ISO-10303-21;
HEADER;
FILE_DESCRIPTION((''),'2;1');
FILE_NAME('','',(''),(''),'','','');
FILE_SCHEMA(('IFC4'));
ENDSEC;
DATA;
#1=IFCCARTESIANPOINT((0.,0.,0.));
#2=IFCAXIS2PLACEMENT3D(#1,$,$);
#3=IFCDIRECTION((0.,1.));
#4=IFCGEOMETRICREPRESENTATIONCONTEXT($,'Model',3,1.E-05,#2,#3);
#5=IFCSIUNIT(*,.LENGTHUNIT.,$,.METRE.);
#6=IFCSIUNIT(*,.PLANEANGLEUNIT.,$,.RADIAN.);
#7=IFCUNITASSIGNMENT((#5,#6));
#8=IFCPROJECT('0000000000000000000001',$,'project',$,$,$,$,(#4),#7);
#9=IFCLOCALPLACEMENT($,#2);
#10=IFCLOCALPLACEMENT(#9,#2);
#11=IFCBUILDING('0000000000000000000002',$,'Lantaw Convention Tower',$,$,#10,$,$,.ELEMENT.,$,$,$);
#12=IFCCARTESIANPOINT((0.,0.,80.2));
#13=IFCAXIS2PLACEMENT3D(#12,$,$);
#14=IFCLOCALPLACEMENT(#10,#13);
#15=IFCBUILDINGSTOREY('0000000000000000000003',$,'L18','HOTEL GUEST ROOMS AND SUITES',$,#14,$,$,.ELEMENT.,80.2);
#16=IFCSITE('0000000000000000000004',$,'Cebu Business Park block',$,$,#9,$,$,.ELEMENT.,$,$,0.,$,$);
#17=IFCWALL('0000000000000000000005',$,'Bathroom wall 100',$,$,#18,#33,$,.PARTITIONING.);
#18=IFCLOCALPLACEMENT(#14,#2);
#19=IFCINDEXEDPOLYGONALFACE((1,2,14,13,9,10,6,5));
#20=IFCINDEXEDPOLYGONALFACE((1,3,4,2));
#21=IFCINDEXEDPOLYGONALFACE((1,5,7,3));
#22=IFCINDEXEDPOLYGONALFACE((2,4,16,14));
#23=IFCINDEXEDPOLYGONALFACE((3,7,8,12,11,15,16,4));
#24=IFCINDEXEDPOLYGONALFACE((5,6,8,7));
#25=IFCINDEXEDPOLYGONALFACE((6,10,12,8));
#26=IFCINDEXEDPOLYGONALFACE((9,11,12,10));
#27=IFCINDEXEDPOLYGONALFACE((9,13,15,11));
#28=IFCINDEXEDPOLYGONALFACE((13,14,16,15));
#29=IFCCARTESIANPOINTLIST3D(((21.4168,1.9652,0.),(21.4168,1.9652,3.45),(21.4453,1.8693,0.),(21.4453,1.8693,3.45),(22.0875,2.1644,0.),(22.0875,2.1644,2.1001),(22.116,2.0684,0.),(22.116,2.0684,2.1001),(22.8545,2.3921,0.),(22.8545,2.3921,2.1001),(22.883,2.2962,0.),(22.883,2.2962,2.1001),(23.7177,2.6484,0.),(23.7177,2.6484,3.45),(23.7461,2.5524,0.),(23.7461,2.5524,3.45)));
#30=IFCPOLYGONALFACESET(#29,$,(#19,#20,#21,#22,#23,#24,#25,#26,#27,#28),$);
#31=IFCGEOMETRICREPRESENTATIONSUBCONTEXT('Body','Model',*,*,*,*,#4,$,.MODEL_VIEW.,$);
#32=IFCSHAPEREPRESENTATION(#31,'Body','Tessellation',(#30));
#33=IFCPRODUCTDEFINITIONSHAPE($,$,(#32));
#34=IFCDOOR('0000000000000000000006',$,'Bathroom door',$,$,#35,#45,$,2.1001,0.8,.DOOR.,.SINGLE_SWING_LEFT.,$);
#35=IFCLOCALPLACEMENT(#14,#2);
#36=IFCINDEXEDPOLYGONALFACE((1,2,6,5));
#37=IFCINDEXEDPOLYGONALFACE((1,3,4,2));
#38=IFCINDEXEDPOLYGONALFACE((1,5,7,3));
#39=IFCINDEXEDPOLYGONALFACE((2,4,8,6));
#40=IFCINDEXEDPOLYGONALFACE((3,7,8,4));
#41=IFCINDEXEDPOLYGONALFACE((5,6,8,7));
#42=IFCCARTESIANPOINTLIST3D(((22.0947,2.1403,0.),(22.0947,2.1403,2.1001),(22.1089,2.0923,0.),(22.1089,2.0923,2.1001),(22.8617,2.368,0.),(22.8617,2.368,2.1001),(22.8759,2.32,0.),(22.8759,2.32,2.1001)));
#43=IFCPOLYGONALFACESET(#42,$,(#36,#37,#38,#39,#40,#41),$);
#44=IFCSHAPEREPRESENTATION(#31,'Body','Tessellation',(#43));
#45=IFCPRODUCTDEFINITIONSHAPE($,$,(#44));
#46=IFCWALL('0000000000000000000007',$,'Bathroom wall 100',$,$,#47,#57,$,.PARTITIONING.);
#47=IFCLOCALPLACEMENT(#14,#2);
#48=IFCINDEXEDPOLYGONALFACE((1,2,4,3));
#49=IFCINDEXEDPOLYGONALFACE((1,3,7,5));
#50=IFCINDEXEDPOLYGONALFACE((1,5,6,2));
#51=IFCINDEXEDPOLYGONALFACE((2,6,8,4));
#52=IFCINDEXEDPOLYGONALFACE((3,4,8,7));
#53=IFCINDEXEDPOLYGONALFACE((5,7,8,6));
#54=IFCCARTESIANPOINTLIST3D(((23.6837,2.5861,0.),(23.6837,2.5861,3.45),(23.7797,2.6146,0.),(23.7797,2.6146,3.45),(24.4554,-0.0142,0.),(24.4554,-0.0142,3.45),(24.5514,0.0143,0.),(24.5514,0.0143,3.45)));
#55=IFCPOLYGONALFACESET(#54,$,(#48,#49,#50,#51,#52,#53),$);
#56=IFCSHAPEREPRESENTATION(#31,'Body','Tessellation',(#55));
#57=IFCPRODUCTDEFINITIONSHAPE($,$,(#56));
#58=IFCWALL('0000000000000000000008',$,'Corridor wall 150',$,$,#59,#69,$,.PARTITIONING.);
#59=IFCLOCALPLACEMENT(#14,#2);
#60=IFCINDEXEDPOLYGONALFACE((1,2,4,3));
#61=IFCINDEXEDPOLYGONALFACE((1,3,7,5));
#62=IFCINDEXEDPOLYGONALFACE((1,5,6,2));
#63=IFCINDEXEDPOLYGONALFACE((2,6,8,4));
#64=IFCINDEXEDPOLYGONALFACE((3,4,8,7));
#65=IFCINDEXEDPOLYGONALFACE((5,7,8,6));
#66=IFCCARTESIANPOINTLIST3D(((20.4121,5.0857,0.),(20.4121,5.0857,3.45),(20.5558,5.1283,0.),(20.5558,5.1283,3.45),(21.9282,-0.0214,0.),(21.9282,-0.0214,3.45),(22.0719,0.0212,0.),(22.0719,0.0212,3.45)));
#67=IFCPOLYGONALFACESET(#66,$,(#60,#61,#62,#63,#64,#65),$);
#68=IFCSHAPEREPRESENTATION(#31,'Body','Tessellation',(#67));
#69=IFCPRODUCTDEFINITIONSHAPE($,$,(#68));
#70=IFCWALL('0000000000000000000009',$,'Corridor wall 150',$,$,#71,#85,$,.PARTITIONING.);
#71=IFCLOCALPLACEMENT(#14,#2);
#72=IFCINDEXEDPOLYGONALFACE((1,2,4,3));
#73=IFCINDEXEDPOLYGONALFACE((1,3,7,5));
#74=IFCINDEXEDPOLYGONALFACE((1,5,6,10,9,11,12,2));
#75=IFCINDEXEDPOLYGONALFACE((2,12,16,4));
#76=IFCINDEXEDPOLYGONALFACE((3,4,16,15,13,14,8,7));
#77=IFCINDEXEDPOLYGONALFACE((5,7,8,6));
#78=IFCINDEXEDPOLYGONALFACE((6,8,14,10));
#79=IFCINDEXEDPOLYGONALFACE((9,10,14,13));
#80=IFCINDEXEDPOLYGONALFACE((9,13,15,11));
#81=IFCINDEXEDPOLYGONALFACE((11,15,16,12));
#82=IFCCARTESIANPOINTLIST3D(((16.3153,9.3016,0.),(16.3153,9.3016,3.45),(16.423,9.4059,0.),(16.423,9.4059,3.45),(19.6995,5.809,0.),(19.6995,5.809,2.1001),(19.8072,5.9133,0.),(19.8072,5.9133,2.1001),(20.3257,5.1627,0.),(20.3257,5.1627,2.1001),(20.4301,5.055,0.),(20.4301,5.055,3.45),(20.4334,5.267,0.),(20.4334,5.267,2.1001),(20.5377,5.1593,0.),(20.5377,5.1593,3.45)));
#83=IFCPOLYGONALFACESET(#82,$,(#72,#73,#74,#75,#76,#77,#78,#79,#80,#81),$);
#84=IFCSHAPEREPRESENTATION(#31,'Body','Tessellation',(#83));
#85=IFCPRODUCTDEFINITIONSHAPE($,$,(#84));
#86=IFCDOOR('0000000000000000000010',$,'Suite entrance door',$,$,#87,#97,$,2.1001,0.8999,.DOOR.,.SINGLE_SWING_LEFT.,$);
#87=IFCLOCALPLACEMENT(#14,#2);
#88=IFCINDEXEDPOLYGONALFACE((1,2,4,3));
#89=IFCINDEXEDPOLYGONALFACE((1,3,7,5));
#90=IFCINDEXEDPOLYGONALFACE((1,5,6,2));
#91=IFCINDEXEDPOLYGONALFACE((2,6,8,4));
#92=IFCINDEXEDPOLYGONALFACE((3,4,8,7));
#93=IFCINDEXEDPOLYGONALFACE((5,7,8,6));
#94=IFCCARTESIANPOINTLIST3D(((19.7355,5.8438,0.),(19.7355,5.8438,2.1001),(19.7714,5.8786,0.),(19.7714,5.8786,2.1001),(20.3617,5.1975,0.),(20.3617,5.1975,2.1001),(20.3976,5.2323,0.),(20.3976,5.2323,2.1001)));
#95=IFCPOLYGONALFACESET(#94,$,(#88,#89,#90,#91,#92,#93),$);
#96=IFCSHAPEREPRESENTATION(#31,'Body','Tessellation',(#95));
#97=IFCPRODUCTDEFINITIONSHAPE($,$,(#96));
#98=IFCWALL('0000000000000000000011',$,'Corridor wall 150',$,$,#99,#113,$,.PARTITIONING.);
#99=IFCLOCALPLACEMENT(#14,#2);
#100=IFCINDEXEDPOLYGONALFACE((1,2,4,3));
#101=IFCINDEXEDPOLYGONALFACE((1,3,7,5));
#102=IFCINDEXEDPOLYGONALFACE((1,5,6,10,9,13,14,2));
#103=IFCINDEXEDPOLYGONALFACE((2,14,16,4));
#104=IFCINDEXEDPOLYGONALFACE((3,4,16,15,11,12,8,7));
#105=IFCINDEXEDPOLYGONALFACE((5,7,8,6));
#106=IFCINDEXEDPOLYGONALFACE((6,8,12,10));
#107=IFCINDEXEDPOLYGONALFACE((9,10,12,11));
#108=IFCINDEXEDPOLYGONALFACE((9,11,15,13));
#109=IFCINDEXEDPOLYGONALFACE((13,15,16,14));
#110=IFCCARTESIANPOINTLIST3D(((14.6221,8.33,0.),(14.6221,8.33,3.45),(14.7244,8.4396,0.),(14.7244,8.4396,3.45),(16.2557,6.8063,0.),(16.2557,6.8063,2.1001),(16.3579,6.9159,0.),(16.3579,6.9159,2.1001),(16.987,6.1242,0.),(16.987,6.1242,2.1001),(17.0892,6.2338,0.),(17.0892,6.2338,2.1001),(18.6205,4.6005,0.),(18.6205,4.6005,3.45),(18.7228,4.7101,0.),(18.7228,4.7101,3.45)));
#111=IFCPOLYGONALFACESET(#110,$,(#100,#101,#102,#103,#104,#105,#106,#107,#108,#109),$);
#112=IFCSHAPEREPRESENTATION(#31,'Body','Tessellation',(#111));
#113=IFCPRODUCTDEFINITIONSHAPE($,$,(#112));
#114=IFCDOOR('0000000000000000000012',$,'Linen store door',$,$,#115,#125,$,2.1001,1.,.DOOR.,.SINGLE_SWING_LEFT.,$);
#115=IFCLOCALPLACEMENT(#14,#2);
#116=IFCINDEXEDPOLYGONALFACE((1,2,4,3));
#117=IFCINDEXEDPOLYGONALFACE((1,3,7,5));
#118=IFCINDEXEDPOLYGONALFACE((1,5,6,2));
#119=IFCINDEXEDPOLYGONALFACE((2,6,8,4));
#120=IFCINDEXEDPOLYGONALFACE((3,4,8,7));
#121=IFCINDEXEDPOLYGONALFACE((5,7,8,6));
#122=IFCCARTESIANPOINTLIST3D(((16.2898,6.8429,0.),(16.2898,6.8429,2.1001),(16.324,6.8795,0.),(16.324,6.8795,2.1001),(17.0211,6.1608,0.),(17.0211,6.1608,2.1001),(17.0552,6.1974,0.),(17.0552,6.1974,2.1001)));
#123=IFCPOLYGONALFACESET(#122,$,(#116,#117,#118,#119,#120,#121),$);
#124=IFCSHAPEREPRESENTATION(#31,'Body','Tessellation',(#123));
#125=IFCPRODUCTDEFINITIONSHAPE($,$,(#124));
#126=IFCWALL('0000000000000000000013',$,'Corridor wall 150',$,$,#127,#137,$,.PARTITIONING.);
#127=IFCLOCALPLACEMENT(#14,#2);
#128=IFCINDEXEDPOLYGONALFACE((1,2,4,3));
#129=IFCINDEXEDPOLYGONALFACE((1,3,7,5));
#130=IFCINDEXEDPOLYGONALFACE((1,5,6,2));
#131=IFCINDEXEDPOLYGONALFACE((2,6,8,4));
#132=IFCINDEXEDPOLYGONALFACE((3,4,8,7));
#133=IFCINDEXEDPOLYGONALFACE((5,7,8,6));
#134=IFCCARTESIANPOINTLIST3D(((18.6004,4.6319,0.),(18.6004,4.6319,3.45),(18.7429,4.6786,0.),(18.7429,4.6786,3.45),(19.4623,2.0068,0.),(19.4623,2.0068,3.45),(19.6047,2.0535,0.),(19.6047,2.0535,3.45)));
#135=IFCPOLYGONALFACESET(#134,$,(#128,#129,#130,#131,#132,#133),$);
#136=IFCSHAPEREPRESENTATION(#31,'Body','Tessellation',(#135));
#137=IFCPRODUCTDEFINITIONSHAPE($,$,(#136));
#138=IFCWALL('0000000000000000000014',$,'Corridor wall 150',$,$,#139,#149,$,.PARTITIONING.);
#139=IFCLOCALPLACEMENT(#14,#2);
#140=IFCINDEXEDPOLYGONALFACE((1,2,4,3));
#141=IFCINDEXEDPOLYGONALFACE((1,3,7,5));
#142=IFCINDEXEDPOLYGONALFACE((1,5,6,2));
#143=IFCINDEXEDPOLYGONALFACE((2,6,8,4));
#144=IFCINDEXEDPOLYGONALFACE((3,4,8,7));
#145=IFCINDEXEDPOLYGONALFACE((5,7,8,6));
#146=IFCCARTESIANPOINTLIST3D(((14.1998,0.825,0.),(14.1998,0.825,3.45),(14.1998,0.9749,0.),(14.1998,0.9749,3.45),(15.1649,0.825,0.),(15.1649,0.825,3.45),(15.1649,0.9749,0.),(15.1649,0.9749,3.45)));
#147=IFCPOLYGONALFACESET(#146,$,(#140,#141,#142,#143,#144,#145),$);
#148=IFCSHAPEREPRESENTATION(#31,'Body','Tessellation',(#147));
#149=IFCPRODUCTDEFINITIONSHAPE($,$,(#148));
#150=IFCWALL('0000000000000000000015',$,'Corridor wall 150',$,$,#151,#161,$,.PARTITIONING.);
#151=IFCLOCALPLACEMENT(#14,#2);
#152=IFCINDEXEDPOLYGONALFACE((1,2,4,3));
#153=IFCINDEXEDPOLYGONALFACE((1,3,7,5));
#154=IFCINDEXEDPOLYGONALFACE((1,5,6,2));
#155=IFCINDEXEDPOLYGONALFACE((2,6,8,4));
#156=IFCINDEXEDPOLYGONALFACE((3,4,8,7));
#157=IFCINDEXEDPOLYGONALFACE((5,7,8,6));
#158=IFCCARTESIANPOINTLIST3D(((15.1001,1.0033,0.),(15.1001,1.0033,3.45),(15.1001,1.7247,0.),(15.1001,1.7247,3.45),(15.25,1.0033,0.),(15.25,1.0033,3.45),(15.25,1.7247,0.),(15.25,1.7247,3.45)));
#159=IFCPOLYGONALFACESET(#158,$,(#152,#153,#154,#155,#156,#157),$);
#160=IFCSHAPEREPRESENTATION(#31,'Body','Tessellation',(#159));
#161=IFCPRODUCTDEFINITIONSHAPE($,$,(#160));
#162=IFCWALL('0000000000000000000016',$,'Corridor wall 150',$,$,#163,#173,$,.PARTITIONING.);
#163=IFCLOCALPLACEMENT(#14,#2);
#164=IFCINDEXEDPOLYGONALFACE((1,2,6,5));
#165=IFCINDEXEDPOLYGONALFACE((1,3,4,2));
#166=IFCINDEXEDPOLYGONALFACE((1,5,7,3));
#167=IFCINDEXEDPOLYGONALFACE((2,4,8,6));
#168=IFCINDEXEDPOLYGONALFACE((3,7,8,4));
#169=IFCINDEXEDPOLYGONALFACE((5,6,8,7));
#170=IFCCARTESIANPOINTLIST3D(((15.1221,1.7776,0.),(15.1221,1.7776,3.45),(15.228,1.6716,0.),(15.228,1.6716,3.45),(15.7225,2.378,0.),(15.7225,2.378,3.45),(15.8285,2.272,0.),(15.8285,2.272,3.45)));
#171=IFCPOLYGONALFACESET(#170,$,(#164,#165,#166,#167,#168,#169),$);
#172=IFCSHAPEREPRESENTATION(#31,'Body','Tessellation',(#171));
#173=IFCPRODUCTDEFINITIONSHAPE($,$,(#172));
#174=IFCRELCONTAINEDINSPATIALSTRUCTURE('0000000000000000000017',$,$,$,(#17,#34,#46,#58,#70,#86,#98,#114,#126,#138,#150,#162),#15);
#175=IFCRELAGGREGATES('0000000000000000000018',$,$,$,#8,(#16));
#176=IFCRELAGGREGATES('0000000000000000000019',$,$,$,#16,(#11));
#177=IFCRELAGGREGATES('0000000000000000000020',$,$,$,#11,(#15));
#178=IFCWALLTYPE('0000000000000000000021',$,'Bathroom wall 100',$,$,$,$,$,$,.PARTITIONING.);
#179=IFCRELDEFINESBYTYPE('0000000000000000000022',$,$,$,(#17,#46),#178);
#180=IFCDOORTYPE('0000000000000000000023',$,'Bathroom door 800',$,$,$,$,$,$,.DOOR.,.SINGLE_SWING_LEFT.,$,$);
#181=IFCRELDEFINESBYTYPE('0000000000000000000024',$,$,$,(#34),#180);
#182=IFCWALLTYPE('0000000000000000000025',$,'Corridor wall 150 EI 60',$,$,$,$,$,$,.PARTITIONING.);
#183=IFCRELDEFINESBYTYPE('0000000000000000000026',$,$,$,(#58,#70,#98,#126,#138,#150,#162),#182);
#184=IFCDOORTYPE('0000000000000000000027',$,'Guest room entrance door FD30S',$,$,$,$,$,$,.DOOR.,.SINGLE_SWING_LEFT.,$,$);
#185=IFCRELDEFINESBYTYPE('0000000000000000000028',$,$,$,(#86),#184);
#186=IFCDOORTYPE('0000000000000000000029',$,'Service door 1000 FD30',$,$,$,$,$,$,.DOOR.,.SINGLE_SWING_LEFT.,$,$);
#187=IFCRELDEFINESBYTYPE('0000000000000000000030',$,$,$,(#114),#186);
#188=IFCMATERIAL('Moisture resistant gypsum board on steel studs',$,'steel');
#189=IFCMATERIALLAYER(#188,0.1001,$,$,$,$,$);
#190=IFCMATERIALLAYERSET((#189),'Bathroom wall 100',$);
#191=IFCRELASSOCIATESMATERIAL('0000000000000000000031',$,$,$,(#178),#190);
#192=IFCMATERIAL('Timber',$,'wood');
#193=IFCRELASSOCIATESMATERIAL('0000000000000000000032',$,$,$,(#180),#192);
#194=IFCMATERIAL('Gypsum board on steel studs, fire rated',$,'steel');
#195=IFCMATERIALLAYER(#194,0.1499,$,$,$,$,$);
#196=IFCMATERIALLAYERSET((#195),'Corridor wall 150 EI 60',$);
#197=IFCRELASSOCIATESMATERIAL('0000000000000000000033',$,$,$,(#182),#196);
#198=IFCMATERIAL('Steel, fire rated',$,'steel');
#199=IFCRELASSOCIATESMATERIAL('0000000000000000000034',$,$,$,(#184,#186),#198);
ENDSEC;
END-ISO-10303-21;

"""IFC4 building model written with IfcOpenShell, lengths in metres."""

from ifc_helpers import new_model, si_unit, direction, frame, frame_2d, origin, place, context, subcontext, project, spatial, rectangle, extrude, material, layer, layer_set, type_object, element, fill, save


model = new_model("IFC4")

# Units and contexts
model_context = context("Model", 3, precision=1e-05, world=origin(), true_north=direction((0.0, 1.0)))
body_context = subcontext(model_context, "Body", "Model", "MODEL_VIEW")
ifc_project = project(units=[si_unit("LENGTHUNIT", "METRE"), si_unit("PLANEANGLEUNIT", "RADIAN")], contexts=[model_context])

# Site, building, storey
site_placement = place(None, origin())
site = spatial("IfcSite", under=ifc_project, at=site_placement, Name="Cebu Business Park block", CompositionType="ELEMENT", RefElevation=0.0)
building_placement = place(site_placement, origin())
building = spatial("IfcBuilding", under=site, at=building_placement, Name="Lantaw Convention Tower", CompositionType="ELEMENT")
storey_placement = place(building_placement, frame((0.0, 0.0, 80.2)))
storey = spatial("IfcBuildingStorey", under=building, at=storey_placement, Name="L18", Description="HOTEL GUEST ROOMS AND SUITES", CompositionType="ELEMENT", Elevation=80.2)

# Wall, opening, door
ifc_material_1 = material(Name="Moisture resistant gypsum board on steel studs", Category="steel")
ifc_layer_1 = layer(ifc_material_1, 0.1001)
ifc_layer_set_1 = layer_set([ifc_layer_1], Name="Bathroom wall 100")
wall_type_1 = type_object("IfcWallType", Name="Bathroom wall 100", PredefinedType="PARTITIONING", material=ifc_layer_set_1)
wall_1_placement = place(storey_placement, frame((21.4309, 1.9172, 0.0), z_axis=(0.0, 0.0, 1.0), x_axis=(0.95864, 0.284622, 0.0)))
wall_1 = element("IfcWall", 1, at=wall_1_placement, inside=storey, type_object=wall_type_1, Name="Bathroom wall 100", PredefinedType="PARTITIONING", context=body_context, shape_type="SweptSolid", body=[
    extrude(rectangle(XDim=2.4001, YDim=0.1001, at=frame_2d((1.2002, 0.0))), origin(), (0.0, 0.0, 1.0), 3.45),
])
opening_1_placement = place(wall_1_placement, frame((0.7, 0.0, 0.0)))
opening_1 = element("IfcOpeningElement", 2, at=opening_1_placement, cuts=wall_1, PredefinedType="OPENING", context=body_context, shape_type="SweptSolid", body=[
    extrude(rectangle(XDim=0.8, YDim=2.1001, at=frame_2d((0.3999, 1.05))), frame((0.0, 0.0601, 0.0), z_axis=(0.0, -1.0, 0.0), x_axis=(1.0, 0.0, 0.0)), (0.0, 0.0, 1.0), 0.1201),
])
ifc_material_2 = material(Name="Timber", Category="wood")
door_type_1 = type_object("IfcDoorType", Name="Bathroom door 800", OperationType="SINGLE_SWING_LEFT", PredefinedType="DOOR", material=ifc_material_2)
door_1_placement = place(opening_1_placement, origin())
door_1 = element("IfcDoor", 3, at=door_1_placement, inside=storey, type_object=door_type_1, Name="Bathroom door", OperationType="SINGLE_SWING_LEFT", OverallHeight=2.1001, OverallWidth=0.8, PredefinedType="DOOR", context=body_context, shape_type="SweptSolid", body=[
    extrude(rectangle(XDim=0.8, YDim=2.1001, at=frame_2d((0.3999, 1.05))), frame((0.0, 0.0249, 0.0), z_axis=(0.0, -1.0, 0.0), x_axis=(1.0, 0.0, 0.0)), (0.0, 0.0, 1.0), 0.05),
])
fill(opening_1, door_1)

# Walls
wall_2_placement = place(storey_placement, frame((23.7317, 2.6003, 0.0), z_axis=(0.0, 0.0, 1.0), x_axis=(0.284514, -0.958672, 0.0)))
element("IfcWall", 4, at=wall_2_placement, inside=storey, type_object=wall_type_1, Name="Bathroom wall 100", PredefinedType="PARTITIONING", context=body_context, shape_type="SweptSolid", body=[
    extrude(rectangle(XDim=2.7124, YDim=0.1001, at=frame_2d((1.3562, 0.0))), origin(), (0.0, 0.0, 1.0), 3.45),
])
ifc_material_3 = material(Name="Gypsum board on steel studs, fire rated", Category="steel")
ifc_layer_2 = layer(ifc_material_3, 0.1499)
ifc_layer_set_2 = layer_set([ifc_layer_2], Name="Corridor wall 150 EI 60")
wall_type_2 = type_object("IfcWallType", Name="Corridor wall 150 EI 60", PredefinedType="PARTITIONING", material=ifc_layer_set_2)
wall_3_placement = place(storey_placement, frame((22.0, 0.0, 0.0), z_axis=(0.0, 0.0, 1.0), x_axis=(-0.284584, 0.958651, 0.0)))
element("IfcWall", 5, at=wall_3_placement, inside=storey, type_object=wall_type_2, Name="Corridor wall 150", PredefinedType="PARTITIONING", context=body_context, shape_type="SweptSolid", body=[
    extrude(rectangle(XDim=5.3274, YDim=0.1499, at=frame_2d((2.6636, 0.0))), origin(), (0.0, 0.0, 1.0), 3.45),
])

# Walls, openings, doors
wall_4_placement = place(storey_placement, frame((20.4839, 5.1072, 0.0), z_axis=(0.0, 0.0, 1.0), x_axis=(-0.695871, 0.718167, 0.0)))
wall_4 = element("IfcWall", 6, at=wall_4_placement, inside=storey, type_object=wall_type_2, Name="Corridor wall 150", PredefinedType="PARTITIONING", context=body_context, shape_type="SweptSolid", body=[
    extrude(rectangle(XDim=5.9131, YDim=0.1499, at=frame_2d((2.9565, 0.0))), origin(), (0.0, 0.0, 1.0), 3.45),
])
opening_2_placement = place(wall_4_placement, frame((0.1499, 0.0, 0.0)))
opening_2 = element("IfcOpeningElement", 7, at=opening_2_placement, cuts=wall_4, PredefinedType="OPENING", context=body_context, shape_type="SweptSolid", body=[
    extrude(rectangle(XDim=0.8999, YDim=2.1001, at=frame_2d((0.45, 1.05))), frame((0.0, 0.085, 0.0), z_axis=(0.0, -1.0, 0.0), x_axis=(1.0, 0.0, 0.0)), (0.0, 0.0, 1.0), 0.1699),
])
ifc_material_4 = material(Name="Steel, fire rated", Category="steel")
door_type_2 = type_object("IfcDoorType", Name="Guest room entrance door FD30S", OperationType="SINGLE_SWING_LEFT", PredefinedType="DOOR", material=ifc_material_4)
door_2_placement = place(opening_2_placement, origin())
door_2 = element("IfcDoor", 8, at=door_2_placement, inside=storey, type_object=door_type_2, Name="Suite entrance door", OperationType="SINGLE_SWING_LEFT", OverallHeight=2.1001, OverallWidth=0.8999, PredefinedType="DOOR", context=body_context, shape_type="SweptSolid", body=[
    extrude(rectangle(XDim=0.8999, YDim=2.1001, at=frame_2d((0.45, 1.05))), frame((0.0, 0.0249, 0.0), z_axis=(0.0, -1.0, 0.0), x_axis=(1.0, 0.0, 0.0)), (0.0, 0.0, 1.0), 0.05),
])
fill(opening_2, door_2)
wall_5_placement = place(storey_placement, frame((18.6716, 4.6553, 0.0), z_axis=(0.0, 0.0, 1.0), x_axis=(-0.73126, 0.682099, 0.0)))
wall_5 = element("IfcWall", 9, at=wall_5_placement, inside=storey, type_object=wall_type_2, Name="Corridor wall 150", PredefinedType="PARTITIONING", context=body_context, shape_type="SweptSolid", body=[
    extrude(rectangle(XDim=5.4678, YDim=0.1499, at=frame_2d((2.7339, 0.0))), origin(), (0.0, 0.0, 1.0), 3.45),
])
opening_3_placement = place(wall_5_placement, frame((2.2339, 0.0, 0.0)))
opening_3 = element("IfcOpeningElement", 10, at=opening_3_placement, cuts=wall_5, PredefinedType="OPENING", context=body_context, shape_type="SweptSolid", body=[
    extrude(rectangle(XDim=1.0, YDim=2.1001, at=frame_2d((0.5, 1.05))), frame((0.0, 0.085, 0.0), z_axis=(0.0, -1.0, 0.0), x_axis=(1.0, 0.0, 0.0)), (0.0, 0.0, 1.0), 0.1699),
])
door_type_3 = type_object("IfcDoorType", Name="Service door 1000 FD30", OperationType="SINGLE_SWING_LEFT", PredefinedType="DOOR", material=ifc_material_4)
door_3_placement = place(opening_3_placement, origin())
door_3 = element("IfcDoor", 11, at=door_3_placement, inside=storey, type_object=door_type_3, Name="Linen store door", OperationType="SINGLE_SWING_LEFT", OverallHeight=2.1001, OverallWidth=1.0, PredefinedType="DOOR", context=body_context, shape_type="SweptSolid", body=[
    extrude(rectangle(XDim=1.0, YDim=2.1001, at=frame_2d((0.5, 1.05))), frame((0.0, 0.0249, 0.0), z_axis=(0.0, -1.0, 0.0), x_axis=(1.0, 0.0, 0.0)), (0.0, 0.0, 1.0), 0.05),
])
fill(opening_3, door_3)

# Walls
wall_6_placement = place(storey_placement, frame((19.5334, 2.0303, 0.0), z_axis=(0.0, 0.0, 1.0), x_axis=(-0.31193, 0.950105, 0.0)))
element("IfcWall", 12, at=wall_6_placement, inside=storey, type_object=wall_type_2, Name="Corridor wall 150", PredefinedType="PARTITIONING", context=body_context, shape_type="SweptSolid", body=[
    extrude(rectangle(XDim=2.7629, YDim=0.1499, at=frame_2d((1.3813, 0.0))), origin(), (0.0, 0.0, 1.0), 3.45),
])
wall_7_placement = place(storey_placement, frame((14.2, 0.8999, 0.0), z_axis=(0.0, 0.0, 1.0), x_axis=(1.0, 0.0, 0.0)))
element("IfcWall", 13, at=wall_7_placement, inside=storey, type_object=wall_type_2, Name="Corridor wall 150", PredefinedType="PARTITIONING", context=body_context, shape_type="SweptSolid", body=[
    extrude(rectangle(XDim=0.9651, YDim=0.1499, at=frame_2d((0.4824, 0.0))), origin(), (0.0, 0.0, 1.0), 3.45),
])
wall_8_placement = place(storey_placement, frame((15.175, 1.0032, 0.0), z_axis=(0.0, 0.0, 1.0), x_axis=(0.0, 1.0, 0.0)))
element("IfcWall", 14, at=wall_8_placement, inside=storey, type_object=wall_type_2, Name="Corridor wall 150", PredefinedType="PARTITIONING", context=body_context, shape_type="SweptSolid", body=[
    extrude(rectangle(XDim=0.7214, YDim=0.1499, at=frame_2d((0.3608, 0.0))), origin(), (0.0, 0.0, 1.0), 3.45),
])
wall_9_placement = place(storey_placement, frame((15.175, 1.7246, 0.0), z_axis=(0.0, 0.0, 1.0), x_axis=(0.707107, 0.707107, 0.0)))
element("IfcWall", 15, at=wall_9_placement, inside=storey, type_object=wall_type_2, Name="Corridor wall 150", PredefinedType="PARTITIONING", context=body_context, shape_type="SweptSolid", body=[
    extrude(rectangle(XDim=0.8491, YDim=0.1499, at=frame_2d((0.4246, 0.0))), origin(), (0.0, 0.0, 1.0), 3.45),
])

save(model, "model.ifc")
